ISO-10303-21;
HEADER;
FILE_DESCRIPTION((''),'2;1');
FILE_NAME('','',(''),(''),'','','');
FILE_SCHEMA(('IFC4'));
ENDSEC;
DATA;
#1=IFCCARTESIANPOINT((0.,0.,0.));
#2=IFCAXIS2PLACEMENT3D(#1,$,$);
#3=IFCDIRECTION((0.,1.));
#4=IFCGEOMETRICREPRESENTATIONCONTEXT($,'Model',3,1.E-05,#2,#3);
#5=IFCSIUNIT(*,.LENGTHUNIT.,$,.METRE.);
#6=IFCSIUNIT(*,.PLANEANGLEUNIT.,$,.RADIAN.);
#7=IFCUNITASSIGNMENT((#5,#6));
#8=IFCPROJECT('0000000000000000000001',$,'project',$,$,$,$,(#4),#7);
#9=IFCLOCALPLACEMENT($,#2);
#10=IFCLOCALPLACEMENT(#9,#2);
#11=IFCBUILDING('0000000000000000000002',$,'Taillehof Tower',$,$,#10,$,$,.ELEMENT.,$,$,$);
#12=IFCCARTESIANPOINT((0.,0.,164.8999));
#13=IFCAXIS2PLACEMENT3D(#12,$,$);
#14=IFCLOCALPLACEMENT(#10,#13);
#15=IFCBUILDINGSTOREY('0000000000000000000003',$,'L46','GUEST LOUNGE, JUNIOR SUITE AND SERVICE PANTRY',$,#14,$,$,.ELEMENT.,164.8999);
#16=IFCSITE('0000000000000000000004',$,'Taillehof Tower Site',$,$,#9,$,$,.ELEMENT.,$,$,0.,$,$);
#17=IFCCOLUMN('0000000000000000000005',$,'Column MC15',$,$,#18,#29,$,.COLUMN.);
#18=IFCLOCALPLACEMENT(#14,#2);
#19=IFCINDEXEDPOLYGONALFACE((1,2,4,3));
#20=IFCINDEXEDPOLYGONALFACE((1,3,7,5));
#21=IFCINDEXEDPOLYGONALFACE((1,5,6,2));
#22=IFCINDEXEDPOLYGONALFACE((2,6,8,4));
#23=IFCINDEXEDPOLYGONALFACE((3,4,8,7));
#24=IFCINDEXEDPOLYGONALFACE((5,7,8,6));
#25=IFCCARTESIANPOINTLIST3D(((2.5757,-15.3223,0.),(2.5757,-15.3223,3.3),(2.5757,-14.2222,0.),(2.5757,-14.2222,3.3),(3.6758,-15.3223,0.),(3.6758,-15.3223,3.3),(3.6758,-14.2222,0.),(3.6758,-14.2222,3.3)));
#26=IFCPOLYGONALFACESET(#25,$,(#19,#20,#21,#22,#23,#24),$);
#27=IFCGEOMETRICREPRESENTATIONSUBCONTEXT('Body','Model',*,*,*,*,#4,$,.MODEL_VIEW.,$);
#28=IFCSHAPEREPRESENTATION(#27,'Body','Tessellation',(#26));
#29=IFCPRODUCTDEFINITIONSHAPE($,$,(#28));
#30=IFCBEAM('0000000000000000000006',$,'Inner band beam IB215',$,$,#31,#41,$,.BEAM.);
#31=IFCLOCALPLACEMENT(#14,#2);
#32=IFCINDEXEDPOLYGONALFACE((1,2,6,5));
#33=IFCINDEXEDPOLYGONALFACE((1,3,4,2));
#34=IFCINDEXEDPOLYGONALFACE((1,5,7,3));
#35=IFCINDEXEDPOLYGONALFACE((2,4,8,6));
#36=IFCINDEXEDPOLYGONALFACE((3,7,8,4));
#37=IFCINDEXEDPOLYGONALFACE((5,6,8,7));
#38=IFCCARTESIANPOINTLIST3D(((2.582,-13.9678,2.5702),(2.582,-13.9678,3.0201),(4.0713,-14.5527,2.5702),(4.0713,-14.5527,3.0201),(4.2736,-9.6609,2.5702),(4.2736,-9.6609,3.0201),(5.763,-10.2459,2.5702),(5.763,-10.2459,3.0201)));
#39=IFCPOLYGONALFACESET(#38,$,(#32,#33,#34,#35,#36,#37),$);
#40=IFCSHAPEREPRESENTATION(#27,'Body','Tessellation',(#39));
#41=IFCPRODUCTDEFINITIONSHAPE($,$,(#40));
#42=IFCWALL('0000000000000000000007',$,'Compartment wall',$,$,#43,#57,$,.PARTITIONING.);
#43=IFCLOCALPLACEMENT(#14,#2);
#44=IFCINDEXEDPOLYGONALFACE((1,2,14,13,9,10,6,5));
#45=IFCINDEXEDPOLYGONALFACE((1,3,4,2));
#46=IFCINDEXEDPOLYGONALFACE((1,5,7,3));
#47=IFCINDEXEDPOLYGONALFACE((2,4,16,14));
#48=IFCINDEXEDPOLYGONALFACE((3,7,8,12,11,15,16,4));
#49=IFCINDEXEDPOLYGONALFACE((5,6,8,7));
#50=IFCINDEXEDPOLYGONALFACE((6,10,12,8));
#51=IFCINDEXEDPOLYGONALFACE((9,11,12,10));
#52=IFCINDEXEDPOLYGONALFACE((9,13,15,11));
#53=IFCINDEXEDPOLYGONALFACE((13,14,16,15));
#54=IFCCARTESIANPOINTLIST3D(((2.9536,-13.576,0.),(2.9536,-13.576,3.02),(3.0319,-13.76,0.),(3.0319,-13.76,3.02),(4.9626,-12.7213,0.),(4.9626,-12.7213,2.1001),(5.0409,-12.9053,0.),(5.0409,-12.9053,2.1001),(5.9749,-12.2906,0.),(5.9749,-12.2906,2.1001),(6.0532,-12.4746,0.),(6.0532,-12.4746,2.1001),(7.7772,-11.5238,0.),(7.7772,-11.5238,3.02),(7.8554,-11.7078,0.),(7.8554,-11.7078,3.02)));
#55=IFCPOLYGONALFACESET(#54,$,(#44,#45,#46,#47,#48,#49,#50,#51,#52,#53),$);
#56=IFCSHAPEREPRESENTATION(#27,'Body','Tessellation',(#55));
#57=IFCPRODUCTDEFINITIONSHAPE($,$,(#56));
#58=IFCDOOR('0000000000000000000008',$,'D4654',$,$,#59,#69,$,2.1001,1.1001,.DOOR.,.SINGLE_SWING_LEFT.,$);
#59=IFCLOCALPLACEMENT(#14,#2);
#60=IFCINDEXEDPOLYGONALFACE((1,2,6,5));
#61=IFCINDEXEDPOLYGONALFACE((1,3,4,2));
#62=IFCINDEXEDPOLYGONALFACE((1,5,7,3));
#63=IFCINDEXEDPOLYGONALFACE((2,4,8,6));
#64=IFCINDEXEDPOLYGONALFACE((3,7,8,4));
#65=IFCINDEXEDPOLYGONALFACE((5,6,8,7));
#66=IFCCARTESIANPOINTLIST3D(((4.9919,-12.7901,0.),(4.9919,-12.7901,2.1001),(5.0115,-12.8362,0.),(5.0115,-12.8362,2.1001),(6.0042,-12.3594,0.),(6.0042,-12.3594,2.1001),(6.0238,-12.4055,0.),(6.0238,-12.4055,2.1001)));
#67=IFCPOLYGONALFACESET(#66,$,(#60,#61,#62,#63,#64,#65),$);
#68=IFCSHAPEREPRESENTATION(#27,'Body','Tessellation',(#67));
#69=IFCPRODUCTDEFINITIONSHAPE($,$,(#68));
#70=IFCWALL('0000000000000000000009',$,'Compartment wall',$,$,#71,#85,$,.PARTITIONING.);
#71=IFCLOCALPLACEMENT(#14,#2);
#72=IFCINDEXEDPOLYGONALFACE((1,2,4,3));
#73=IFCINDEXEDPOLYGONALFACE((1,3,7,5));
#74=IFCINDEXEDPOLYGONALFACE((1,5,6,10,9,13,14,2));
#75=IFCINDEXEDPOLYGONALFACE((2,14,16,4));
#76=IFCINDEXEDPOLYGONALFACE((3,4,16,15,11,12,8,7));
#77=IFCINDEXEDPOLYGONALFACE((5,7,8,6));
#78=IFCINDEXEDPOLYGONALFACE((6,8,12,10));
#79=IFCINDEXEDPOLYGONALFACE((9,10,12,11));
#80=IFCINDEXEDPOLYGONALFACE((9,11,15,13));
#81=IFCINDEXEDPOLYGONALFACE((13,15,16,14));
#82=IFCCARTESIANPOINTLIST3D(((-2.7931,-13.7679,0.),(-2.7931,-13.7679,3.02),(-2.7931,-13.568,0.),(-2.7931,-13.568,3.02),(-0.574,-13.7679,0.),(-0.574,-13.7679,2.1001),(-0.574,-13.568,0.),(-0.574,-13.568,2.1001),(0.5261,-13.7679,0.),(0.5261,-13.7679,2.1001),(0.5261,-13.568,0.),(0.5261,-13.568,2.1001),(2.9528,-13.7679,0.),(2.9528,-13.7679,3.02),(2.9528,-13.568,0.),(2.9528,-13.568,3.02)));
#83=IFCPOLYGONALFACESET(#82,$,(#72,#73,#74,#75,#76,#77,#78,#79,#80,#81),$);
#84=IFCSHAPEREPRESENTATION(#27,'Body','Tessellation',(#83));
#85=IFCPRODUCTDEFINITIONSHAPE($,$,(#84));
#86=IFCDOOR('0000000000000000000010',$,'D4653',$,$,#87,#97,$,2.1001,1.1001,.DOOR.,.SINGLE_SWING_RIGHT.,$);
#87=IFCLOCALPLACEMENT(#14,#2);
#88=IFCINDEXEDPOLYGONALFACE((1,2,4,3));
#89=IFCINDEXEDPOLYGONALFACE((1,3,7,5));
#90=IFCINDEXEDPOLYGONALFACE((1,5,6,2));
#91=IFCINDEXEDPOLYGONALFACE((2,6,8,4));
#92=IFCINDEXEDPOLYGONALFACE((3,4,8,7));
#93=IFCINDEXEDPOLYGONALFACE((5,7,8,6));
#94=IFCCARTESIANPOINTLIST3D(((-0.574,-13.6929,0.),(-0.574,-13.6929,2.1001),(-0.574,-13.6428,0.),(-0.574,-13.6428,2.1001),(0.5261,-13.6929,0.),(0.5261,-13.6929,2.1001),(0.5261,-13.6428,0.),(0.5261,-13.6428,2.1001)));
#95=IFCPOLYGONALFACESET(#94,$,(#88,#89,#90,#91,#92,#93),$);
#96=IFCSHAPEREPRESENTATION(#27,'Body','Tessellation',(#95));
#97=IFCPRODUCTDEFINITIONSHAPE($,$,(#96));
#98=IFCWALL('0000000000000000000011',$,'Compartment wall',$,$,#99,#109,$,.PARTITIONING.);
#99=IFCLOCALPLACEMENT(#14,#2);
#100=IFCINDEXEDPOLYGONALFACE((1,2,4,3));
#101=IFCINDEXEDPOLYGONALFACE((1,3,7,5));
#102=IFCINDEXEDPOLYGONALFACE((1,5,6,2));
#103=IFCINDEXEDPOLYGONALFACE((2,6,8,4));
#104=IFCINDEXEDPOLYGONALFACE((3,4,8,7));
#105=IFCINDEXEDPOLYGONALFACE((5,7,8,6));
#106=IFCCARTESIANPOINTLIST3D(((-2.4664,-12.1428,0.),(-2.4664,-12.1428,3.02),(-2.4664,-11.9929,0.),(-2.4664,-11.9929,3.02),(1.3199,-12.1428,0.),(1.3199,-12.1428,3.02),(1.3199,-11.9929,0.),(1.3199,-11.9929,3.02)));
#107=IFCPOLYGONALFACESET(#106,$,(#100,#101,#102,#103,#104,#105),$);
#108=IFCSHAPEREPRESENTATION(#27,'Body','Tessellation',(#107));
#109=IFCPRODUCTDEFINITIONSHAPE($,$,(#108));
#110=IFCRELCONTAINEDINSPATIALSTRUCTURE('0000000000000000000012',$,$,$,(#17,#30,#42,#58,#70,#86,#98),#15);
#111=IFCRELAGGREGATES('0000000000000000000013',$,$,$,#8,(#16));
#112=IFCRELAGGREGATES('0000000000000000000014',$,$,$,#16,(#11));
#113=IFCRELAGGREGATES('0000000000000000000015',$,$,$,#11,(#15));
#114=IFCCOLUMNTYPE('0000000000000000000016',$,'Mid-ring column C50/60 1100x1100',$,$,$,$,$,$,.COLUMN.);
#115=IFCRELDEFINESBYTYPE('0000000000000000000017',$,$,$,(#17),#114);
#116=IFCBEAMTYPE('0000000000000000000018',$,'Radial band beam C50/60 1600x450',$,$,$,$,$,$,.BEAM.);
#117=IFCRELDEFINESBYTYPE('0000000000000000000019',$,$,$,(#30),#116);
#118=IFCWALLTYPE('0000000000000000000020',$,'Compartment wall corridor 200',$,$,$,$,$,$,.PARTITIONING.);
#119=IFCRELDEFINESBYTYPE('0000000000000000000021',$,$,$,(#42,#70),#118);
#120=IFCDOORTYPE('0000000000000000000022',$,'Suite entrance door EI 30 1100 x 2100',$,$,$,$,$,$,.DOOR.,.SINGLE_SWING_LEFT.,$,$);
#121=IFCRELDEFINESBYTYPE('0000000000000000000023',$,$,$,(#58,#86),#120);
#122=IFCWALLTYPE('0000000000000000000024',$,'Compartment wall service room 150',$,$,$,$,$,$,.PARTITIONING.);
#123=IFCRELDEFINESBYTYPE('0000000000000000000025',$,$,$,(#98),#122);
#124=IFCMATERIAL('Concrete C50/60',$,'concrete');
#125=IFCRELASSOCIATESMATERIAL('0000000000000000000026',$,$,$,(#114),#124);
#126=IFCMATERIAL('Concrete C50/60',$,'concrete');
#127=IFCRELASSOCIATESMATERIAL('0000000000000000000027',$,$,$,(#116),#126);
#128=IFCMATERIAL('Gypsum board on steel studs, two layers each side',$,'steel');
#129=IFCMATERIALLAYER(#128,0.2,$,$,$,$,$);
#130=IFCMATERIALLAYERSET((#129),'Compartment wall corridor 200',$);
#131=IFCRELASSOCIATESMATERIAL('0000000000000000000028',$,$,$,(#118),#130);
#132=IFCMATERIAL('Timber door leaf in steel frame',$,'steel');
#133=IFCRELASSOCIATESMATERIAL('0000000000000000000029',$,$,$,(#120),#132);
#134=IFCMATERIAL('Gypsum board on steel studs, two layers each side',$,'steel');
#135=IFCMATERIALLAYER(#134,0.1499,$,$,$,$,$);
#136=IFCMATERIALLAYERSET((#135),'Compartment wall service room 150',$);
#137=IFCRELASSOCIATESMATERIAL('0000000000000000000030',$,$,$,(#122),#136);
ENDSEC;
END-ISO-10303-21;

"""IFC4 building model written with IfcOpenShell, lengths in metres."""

from ifc_helpers import new_model, si_unit, direction, frame, frame_2d, origin, origin_2d, place, context, subcontext, project, spatial, rectangle, extrude, material, layer, layer_set, material_profile, profile_set, type_object, element, fill, save


model = new_model("IFC4")

# Units and contexts
model_context = context("Model", 3, precision=1e-05, world=origin(), true_north=direction((0.0, 1.0)))
body_context = subcontext(model_context, "Body", "Model", "MODEL_VIEW")
ifc_project = project(units=[si_unit("LENGTHUNIT", "METRE"), si_unit("PLANEANGLEUNIT", "RADIAN")], contexts=[model_context])

# Site, building, storey
site_placement = place(None, origin())
site = spatial("IfcSite", under=ifc_project, at=site_placement, Name="Taillehof Tower Site", CompositionType="ELEMENT", RefElevation=0.0)
building_placement = place(site_placement, origin())
building = spatial("IfcBuilding", under=site, at=building_placement, Name="Taillehof Tower", CompositionType="ELEMENT")
storey_placement = place(building_placement, frame((0.0, 0.0, 164.8999)))
storey = spatial("IfcBuildingStorey", under=building, at=storey_placement, Name="L46", Description="GUEST LOUNGE, JUNIOR SUITE AND SERVICE PANTRY", CompositionType="ELEMENT", Elevation=164.8999)

# Column
ifc_material_1 = material(Name="Concrete C50/60", Category="concrete")
ifc_material_profile_1 = material_profile(ifc_material_1, rectangle(XDim=1.1001, YDim=1.1001, at=origin_2d()), Name="RC 1100x1100")
ifc_profile_set_1 = profile_set([ifc_material_profile_1], Name="Concrete C50/60")
column_type = type_object("IfcColumnType", Name="Mid-ring column C50/60 1100x1100", PredefinedType="COLUMN", material=ifc_profile_set_1)
column_placement = place(storey_placement, frame((3.1257, -14.7722, 0.0), z_axis=(0.0, 0.0, 1.0), x_axis=(1.0, 0.0, 0.0)))
element("IfcColumn", 1, at=column_placement, inside=storey, type_object=column_type, Name="Column MC15", PredefinedType="COLUMN", context=body_context, shape_type="SweptSolid", body=[
    extrude(rectangle(XDim=1.1001, YDim=1.1001, at=origin_2d()), origin(), (0.0, 0.0, 1.0), 3.3),
])

# Beam
ifc_material_2 = material(Name="Concrete C50/60", Category="concrete")
ifc_material_profile_2 = material_profile(ifc_material_2, rectangle(XDim=1.6001, YDim=0.45, at=origin_2d()), Name="RC 1600x450")
ifc_profile_set_2 = profile_set([ifc_material_profile_2], Name="Concrete C50/60")
beam_type = type_object("IfcBeamType", Name="Radial band beam C50/60 1600x450", PredefinedType="BEAM", material=ifc_profile_set_2)
beam_placement = place(storey_placement, frame((3.3267, -14.2603, 2.7952), z_axis=(0.365589, 0.930777, 0.0), x_axis=(-0.930777, 0.365589, 0.0)))
element("IfcBeam", 2, at=beam_placement, inside=storey, type_object=beam_type, Name="Inner band beam IB215", PredefinedType="BEAM", context=body_context, shape_type="SweptSolid", body=[
    extrude(rectangle(XDim=1.6001, YDim=0.45, at=origin_2d()), origin(), (0.0, 0.0, 1.0), 4.6272),
])

# Walls, openings, doors
ifc_material_3 = material(Name="Gypsum board on steel studs, two layers each side", Category="steel")
ifc_layer_1 = layer(ifc_material_3, 0.2)
ifc_layer_set_1 = layer_set([ifc_layer_1], Name="Compartment wall corridor 200")
wall_type_1 = type_object("IfcWallType", Name="Compartment wall corridor 200", PredefinedType="PARTITIONING", material=ifc_layer_set_1)
wall_1_placement = place(storey_placement, frame((7.8164, -11.6157, 0.0), z_axis=(0.0, 0.0, 1.0), x_axis=(-0.920175, -0.391507, 0.0)))
wall_1 = element("IfcWall", 3, at=wall_1_placement, inside=storey, type_object=wall_type_1, Name="Compartment wall", PredefinedType="PARTITIONING", context=body_context, shape_type="SweptSolid", body=[
    extrude(rectangle(XDim=5.2419, YDim=0.2, at=frame_2d((2.6211, 0.0))), origin(), (0.0, 0.0, 1.0), 3.02),
])
opening_1_placement = place(wall_1_placement, frame((1.9587, 0.0, 0.0)))
opening_1 = element("IfcOpeningElement", 4, at=opening_1_placement, cuts=wall_1, PredefinedType="OPENING", context=body_context, shape_type="SweptSolid", body=[
    extrude(rectangle(XDim=1.1001, YDim=2.1001, at=frame_2d((0.55, 1.05))), frame((0.0, 0.1099, 0.0), z_axis=(0.0, -1.0, 0.0), x_axis=(1.0, 0.0, 0.0)), (0.0, 0.0, 1.0), 0.22),
])
ifc_material_4 = material(Name="Timber door leaf in steel frame", Category="steel")
door_type_1 = type_object("IfcDoorType", Name="Suite entrance door EI 30 1100 x 2100", OperationType="SINGLE_SWING_LEFT", PredefinedType="DOOR", material=ifc_material_4)
door_1_placement = place(opening_1_placement, origin())
door_1 = element("IfcDoor", 5, at=door_1_placement, inside=storey, type_object=door_type_1, Name="D4654", OperationType="SINGLE_SWING_LEFT", OverallHeight=2.1001, OverallWidth=1.1001, PredefinedType="DOOR", context=body_context, shape_type="SweptSolid", body=[
    extrude(rectangle(XDim=1.1001, YDim=2.1001, at=frame_2d((0.55, 1.05))), frame((0.0, 0.0249, 0.0), z_axis=(0.0, -1.0, 0.0), x_axis=(1.0, 0.0, 0.0)), (0.0, 0.0, 1.0), 0.05),
])
fill(opening_1, door_1)
wall_2_placement = place(storey_placement, frame((2.9529, -13.668, 0.0), z_axis=(0.0, 0.0, 1.0), x_axis=(-1.0, 0.0, 0.0)))
wall_2 = element("IfcWall", 6, at=wall_2_placement, inside=storey, type_object=wall_type_1, Name="Compartment wall", PredefinedType="PARTITIONING", context=body_context, shape_type="SweptSolid", body=[
    extrude(rectangle(XDim=5.7458, YDim=0.2, at=frame_2d((2.873, 0.0))), origin(), (0.0, 0.0, 1.0), 3.02),
])
opening_2_placement = place(wall_2_placement, frame((2.4268, 0.0, 0.0)))
opening_2 = element("IfcOpeningElement", 7, at=opening_2_placement, cuts=wall_2, PredefinedType="OPENING", context=body_context, shape_type="SweptSolid", body=[
    extrude(rectangle(XDim=1.1001, YDim=2.1001, at=frame_2d((0.55, 1.05))), frame((0.0, 0.1099, 0.0), z_axis=(0.0, -1.0, 0.0), x_axis=(1.0, 0.0, 0.0)), (0.0, 0.0, 1.0), 0.22),
])
door_2_placement = place(opening_2_placement, origin())
door_2 = element("IfcDoor", 8, at=door_2_placement, inside=storey, type_object=door_type_1, Name="D4653", OperationType="SINGLE_SWING_RIGHT", OverallHeight=2.1001, OverallWidth=1.1001, PredefinedType="DOOR", context=body_context, shape_type="SweptSolid", body=[
    extrude(rectangle(XDim=1.1001, YDim=2.1001, at=frame_2d((0.55, 1.05))), frame((0.0, 0.0249, 0.0), z_axis=(0.0, -1.0, 0.0), x_axis=(1.0, 0.0, 0.0)), (0.0, 0.0, 1.0), 0.05),
])
fill(opening_2, door_2)

# Wall
ifc_material_5 = material(Name="Gypsum board on steel studs, two layers each side", Category="steel")
ifc_layer_2 = layer(ifc_material_5, 0.1499)
ifc_layer_set_2 = layer_set([ifc_layer_2], Name="Compartment wall service room 150")
wall_type_2 = type_object("IfcWallType", Name="Compartment wall service room 150", PredefinedType="PARTITIONING", material=ifc_layer_set_2)
wall_3_placement = place(storey_placement, frame((1.3198, -12.0679, 0.0), z_axis=(0.0, 0.0, 1.0), x_axis=(-1.0, 0.0, 0.0)))
element("IfcWall", 9, at=wall_3_placement, inside=storey, type_object=wall_type_2, Name="Compartment wall", PredefinedType="PARTITIONING", context=body_context, shape_type="SweptSolid", body=[
    extrude(rectangle(XDim=3.7864, YDim=0.1499, at=frame_2d((1.8931, 0.0))), origin(), (0.0, 0.0, 1.0), 3.02),
])

save(model, "model.ifc")
